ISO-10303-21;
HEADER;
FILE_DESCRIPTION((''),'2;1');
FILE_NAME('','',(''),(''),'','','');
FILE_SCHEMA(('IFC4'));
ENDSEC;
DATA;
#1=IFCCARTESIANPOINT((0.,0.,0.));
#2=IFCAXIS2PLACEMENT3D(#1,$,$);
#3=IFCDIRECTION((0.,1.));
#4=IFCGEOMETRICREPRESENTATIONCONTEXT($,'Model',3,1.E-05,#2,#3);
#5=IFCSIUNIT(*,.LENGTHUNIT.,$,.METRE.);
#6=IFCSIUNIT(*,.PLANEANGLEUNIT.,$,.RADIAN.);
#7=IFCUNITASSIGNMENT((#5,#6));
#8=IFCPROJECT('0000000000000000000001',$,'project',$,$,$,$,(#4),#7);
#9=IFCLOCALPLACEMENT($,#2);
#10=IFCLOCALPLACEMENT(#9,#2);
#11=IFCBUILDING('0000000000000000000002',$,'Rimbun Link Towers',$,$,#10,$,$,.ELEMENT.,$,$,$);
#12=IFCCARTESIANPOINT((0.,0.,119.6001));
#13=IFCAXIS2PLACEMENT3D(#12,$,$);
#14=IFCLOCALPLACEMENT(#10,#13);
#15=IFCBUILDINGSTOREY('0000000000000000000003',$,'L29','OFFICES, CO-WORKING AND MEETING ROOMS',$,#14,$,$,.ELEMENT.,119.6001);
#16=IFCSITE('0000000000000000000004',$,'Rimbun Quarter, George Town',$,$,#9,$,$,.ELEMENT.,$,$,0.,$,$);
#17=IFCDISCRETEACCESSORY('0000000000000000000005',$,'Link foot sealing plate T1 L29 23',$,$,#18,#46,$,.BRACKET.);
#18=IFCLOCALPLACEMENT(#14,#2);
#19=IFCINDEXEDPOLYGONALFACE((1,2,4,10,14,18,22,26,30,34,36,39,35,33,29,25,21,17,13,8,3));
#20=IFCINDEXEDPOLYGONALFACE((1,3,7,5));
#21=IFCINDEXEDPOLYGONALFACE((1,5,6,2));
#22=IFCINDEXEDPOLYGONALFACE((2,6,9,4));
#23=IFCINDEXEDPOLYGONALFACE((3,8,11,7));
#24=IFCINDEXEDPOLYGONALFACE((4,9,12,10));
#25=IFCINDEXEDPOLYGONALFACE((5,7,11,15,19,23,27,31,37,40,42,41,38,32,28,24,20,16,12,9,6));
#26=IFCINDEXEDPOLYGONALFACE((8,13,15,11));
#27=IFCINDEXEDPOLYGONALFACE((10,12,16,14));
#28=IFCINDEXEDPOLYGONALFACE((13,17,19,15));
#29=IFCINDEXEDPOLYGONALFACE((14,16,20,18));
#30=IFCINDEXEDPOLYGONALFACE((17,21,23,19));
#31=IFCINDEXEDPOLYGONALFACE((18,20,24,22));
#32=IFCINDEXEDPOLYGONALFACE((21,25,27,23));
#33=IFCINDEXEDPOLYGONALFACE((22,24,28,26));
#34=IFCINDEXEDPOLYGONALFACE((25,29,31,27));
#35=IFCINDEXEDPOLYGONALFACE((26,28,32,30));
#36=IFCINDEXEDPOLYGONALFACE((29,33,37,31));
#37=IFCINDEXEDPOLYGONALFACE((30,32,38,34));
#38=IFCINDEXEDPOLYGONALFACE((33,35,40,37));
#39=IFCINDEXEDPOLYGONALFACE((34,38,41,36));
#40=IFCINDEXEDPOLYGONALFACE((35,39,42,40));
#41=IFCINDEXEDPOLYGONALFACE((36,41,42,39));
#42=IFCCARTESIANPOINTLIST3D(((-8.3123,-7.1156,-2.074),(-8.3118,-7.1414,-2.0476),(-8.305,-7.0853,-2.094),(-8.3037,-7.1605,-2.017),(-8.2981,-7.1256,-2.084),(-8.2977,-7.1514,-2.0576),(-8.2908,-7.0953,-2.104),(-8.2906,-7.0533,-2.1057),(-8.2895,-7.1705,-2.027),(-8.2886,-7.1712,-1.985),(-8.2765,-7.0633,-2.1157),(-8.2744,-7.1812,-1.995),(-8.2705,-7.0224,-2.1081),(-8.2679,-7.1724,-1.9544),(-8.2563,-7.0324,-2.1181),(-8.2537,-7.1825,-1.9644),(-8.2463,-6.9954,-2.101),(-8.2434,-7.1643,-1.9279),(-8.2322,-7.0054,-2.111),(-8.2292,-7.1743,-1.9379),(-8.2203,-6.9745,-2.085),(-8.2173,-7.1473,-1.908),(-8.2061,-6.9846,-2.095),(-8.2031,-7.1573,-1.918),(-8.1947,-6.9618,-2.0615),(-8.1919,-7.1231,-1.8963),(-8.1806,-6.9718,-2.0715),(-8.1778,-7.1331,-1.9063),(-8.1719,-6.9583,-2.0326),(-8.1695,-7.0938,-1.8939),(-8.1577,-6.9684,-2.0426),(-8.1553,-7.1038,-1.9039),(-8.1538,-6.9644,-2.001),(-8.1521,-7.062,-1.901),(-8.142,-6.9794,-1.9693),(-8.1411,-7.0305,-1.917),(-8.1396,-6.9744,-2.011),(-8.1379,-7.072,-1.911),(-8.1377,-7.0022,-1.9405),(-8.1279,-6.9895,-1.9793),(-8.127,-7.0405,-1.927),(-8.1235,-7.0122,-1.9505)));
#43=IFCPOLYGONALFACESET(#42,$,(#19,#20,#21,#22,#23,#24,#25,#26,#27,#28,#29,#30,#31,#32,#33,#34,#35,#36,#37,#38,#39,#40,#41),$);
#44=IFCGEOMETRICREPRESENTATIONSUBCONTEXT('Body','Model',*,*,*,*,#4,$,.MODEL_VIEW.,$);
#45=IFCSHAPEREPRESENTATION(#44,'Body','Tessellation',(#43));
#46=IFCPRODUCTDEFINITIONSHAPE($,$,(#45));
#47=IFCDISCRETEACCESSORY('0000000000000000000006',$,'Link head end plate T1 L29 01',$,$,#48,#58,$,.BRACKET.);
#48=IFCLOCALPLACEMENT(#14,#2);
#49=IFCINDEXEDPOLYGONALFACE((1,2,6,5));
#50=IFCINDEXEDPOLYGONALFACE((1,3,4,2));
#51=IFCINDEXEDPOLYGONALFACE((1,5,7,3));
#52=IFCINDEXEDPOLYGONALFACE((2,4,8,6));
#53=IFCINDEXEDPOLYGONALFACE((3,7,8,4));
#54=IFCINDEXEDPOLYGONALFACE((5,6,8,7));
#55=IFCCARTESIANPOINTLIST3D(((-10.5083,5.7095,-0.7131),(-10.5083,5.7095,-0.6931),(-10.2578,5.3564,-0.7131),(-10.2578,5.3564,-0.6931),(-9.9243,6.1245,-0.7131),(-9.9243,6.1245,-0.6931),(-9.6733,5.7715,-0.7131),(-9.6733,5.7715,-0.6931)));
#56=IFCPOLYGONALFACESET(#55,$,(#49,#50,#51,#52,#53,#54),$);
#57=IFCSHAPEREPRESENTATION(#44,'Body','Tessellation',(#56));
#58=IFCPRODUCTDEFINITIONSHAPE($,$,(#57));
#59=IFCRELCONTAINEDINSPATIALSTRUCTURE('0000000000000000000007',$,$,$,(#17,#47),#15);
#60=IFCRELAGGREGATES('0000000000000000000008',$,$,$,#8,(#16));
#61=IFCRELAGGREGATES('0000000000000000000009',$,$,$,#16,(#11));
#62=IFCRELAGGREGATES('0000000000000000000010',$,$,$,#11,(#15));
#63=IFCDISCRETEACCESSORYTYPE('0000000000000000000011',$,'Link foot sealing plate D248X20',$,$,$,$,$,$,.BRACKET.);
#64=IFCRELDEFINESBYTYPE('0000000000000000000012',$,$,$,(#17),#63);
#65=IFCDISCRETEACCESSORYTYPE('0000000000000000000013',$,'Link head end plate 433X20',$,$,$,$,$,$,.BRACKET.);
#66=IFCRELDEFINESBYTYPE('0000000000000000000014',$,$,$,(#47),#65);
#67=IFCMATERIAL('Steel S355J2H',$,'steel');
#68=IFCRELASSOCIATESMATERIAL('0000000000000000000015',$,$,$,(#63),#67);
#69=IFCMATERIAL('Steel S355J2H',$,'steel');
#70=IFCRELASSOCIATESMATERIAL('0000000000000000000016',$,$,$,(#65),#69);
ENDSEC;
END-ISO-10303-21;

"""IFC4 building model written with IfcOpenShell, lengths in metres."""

from ifc_helpers import new_model, si_unit, direction, frame, origin, origin_2d, place, context, subcontext, project, spatial, polyline, rectangle, circle, outline, extrude, material, material_profile, profile_set, type_object, element, save


model = new_model("IFC4")

# Units and contexts
model_context = context("Model", 3, precision=1e-05, world=origin(), true_north=direction((0.0, 1.0)))
body_context = subcontext(model_context, "Body", "Model", "MODEL_VIEW")
ifc_project = project(units=[si_unit("LENGTHUNIT", "METRE"), si_unit("PLANEANGLEUNIT", "RADIAN")], contexts=[model_context])

# Site, building, storey
site_placement = place(None, origin())
site = spatial("IfcSite", under=ifc_project, at=site_placement, Name="Rimbun Quarter, George Town", CompositionType="ELEMENT", RefElevation=0.0)
building_placement = place(site_placement, origin())
building = spatial("IfcBuilding", under=site, at=building_placement, Name="Rimbun Link Towers", CompositionType="ELEMENT")
storey_placement = place(building_placement, frame((0.0, 0.0, 119.6001)))
storey = spatial("IfcBuildingStorey", under=building, at=storey_placement, Name="L29", Description="OFFICES, CO-WORKING AND MEETING ROOMS", CompositionType="ELEMENT", Elevation=119.6001)

# Discrete accessories
ifc_material_1 = material(Name="Steel S355J2H", Category="steel")
ifc_material_profile_1 = material_profile(ifc_material_1, circle(Radius=0.124, at=origin_2d()), Name="PL D248")
ifc_profile_set_1 = profile_set([ifc_material_profile_1], Name="Steel S355J2H")
discrete_accessory_type_1 = type_object("IfcDiscreteAccessoryType", Name="Link foot sealing plate D248X20", PredefinedType="BRACKET", material=ifc_profile_set_1)
discrete_accessory_1_placement = place(storey_placement, frame((-8.2253, -7.0657, -2.001), z_axis=(0.707212, -0.499926, -0.499926), x_axis=(0.577236, 0.816577, 0.0)))
element("IfcDiscreteAccessory", 1, at=discrete_accessory_1_placement, inside=storey, type_object=discrete_accessory_type_1, Name="Link foot sealing plate T1 L29 23", PredefinedType="BRACKET", context=body_context, shape_type="SweptSolid", body=[
    extrude(circle(Radius=0.124, at=origin_2d()), origin(), (0.0, 0.0, 1.0), 0.02),
])
ifc_material_2 = material(Name="Steel S355J2H", Category="steel")
ifc_material_profile_2 = material_profile(ifc_material_2, rectangle(XDim=0.4331, YDim=0.4331, at=origin_2d()), Name="PL 433x433")
ifc_profile_set_2 = profile_set([ifc_material_profile_2], Name="Steel S355J2H")
discrete_accessory_type_2 = type_object("IfcDiscreteAccessoryType", Name="Link head end plate 433X20", PredefinedType="BRACKET", material=ifc_profile_set_2)
discrete_accessory_2_placement = place(storey_placement, frame((0.0, 0.0, -0.7131)))
element("IfcDiscreteAccessory", 2, at=discrete_accessory_2_placement, inside=storey, type_object=discrete_accessory_type_2, Name="Link head end plate T1 L29 01", PredefinedType="BRACKET", context=body_context, shape_type="SweptSolid", body=[
    extrude(outline(polyline([(-10.2578, 5.3564), (-9.6733, 5.7715), (-9.9243, 6.1245), (-10.5083, 5.7095), (-10.2578, 5.3564)])), origin(), (0.0, 0.0, 1.0), 0.02),
])

save(model, "model.ifc")
